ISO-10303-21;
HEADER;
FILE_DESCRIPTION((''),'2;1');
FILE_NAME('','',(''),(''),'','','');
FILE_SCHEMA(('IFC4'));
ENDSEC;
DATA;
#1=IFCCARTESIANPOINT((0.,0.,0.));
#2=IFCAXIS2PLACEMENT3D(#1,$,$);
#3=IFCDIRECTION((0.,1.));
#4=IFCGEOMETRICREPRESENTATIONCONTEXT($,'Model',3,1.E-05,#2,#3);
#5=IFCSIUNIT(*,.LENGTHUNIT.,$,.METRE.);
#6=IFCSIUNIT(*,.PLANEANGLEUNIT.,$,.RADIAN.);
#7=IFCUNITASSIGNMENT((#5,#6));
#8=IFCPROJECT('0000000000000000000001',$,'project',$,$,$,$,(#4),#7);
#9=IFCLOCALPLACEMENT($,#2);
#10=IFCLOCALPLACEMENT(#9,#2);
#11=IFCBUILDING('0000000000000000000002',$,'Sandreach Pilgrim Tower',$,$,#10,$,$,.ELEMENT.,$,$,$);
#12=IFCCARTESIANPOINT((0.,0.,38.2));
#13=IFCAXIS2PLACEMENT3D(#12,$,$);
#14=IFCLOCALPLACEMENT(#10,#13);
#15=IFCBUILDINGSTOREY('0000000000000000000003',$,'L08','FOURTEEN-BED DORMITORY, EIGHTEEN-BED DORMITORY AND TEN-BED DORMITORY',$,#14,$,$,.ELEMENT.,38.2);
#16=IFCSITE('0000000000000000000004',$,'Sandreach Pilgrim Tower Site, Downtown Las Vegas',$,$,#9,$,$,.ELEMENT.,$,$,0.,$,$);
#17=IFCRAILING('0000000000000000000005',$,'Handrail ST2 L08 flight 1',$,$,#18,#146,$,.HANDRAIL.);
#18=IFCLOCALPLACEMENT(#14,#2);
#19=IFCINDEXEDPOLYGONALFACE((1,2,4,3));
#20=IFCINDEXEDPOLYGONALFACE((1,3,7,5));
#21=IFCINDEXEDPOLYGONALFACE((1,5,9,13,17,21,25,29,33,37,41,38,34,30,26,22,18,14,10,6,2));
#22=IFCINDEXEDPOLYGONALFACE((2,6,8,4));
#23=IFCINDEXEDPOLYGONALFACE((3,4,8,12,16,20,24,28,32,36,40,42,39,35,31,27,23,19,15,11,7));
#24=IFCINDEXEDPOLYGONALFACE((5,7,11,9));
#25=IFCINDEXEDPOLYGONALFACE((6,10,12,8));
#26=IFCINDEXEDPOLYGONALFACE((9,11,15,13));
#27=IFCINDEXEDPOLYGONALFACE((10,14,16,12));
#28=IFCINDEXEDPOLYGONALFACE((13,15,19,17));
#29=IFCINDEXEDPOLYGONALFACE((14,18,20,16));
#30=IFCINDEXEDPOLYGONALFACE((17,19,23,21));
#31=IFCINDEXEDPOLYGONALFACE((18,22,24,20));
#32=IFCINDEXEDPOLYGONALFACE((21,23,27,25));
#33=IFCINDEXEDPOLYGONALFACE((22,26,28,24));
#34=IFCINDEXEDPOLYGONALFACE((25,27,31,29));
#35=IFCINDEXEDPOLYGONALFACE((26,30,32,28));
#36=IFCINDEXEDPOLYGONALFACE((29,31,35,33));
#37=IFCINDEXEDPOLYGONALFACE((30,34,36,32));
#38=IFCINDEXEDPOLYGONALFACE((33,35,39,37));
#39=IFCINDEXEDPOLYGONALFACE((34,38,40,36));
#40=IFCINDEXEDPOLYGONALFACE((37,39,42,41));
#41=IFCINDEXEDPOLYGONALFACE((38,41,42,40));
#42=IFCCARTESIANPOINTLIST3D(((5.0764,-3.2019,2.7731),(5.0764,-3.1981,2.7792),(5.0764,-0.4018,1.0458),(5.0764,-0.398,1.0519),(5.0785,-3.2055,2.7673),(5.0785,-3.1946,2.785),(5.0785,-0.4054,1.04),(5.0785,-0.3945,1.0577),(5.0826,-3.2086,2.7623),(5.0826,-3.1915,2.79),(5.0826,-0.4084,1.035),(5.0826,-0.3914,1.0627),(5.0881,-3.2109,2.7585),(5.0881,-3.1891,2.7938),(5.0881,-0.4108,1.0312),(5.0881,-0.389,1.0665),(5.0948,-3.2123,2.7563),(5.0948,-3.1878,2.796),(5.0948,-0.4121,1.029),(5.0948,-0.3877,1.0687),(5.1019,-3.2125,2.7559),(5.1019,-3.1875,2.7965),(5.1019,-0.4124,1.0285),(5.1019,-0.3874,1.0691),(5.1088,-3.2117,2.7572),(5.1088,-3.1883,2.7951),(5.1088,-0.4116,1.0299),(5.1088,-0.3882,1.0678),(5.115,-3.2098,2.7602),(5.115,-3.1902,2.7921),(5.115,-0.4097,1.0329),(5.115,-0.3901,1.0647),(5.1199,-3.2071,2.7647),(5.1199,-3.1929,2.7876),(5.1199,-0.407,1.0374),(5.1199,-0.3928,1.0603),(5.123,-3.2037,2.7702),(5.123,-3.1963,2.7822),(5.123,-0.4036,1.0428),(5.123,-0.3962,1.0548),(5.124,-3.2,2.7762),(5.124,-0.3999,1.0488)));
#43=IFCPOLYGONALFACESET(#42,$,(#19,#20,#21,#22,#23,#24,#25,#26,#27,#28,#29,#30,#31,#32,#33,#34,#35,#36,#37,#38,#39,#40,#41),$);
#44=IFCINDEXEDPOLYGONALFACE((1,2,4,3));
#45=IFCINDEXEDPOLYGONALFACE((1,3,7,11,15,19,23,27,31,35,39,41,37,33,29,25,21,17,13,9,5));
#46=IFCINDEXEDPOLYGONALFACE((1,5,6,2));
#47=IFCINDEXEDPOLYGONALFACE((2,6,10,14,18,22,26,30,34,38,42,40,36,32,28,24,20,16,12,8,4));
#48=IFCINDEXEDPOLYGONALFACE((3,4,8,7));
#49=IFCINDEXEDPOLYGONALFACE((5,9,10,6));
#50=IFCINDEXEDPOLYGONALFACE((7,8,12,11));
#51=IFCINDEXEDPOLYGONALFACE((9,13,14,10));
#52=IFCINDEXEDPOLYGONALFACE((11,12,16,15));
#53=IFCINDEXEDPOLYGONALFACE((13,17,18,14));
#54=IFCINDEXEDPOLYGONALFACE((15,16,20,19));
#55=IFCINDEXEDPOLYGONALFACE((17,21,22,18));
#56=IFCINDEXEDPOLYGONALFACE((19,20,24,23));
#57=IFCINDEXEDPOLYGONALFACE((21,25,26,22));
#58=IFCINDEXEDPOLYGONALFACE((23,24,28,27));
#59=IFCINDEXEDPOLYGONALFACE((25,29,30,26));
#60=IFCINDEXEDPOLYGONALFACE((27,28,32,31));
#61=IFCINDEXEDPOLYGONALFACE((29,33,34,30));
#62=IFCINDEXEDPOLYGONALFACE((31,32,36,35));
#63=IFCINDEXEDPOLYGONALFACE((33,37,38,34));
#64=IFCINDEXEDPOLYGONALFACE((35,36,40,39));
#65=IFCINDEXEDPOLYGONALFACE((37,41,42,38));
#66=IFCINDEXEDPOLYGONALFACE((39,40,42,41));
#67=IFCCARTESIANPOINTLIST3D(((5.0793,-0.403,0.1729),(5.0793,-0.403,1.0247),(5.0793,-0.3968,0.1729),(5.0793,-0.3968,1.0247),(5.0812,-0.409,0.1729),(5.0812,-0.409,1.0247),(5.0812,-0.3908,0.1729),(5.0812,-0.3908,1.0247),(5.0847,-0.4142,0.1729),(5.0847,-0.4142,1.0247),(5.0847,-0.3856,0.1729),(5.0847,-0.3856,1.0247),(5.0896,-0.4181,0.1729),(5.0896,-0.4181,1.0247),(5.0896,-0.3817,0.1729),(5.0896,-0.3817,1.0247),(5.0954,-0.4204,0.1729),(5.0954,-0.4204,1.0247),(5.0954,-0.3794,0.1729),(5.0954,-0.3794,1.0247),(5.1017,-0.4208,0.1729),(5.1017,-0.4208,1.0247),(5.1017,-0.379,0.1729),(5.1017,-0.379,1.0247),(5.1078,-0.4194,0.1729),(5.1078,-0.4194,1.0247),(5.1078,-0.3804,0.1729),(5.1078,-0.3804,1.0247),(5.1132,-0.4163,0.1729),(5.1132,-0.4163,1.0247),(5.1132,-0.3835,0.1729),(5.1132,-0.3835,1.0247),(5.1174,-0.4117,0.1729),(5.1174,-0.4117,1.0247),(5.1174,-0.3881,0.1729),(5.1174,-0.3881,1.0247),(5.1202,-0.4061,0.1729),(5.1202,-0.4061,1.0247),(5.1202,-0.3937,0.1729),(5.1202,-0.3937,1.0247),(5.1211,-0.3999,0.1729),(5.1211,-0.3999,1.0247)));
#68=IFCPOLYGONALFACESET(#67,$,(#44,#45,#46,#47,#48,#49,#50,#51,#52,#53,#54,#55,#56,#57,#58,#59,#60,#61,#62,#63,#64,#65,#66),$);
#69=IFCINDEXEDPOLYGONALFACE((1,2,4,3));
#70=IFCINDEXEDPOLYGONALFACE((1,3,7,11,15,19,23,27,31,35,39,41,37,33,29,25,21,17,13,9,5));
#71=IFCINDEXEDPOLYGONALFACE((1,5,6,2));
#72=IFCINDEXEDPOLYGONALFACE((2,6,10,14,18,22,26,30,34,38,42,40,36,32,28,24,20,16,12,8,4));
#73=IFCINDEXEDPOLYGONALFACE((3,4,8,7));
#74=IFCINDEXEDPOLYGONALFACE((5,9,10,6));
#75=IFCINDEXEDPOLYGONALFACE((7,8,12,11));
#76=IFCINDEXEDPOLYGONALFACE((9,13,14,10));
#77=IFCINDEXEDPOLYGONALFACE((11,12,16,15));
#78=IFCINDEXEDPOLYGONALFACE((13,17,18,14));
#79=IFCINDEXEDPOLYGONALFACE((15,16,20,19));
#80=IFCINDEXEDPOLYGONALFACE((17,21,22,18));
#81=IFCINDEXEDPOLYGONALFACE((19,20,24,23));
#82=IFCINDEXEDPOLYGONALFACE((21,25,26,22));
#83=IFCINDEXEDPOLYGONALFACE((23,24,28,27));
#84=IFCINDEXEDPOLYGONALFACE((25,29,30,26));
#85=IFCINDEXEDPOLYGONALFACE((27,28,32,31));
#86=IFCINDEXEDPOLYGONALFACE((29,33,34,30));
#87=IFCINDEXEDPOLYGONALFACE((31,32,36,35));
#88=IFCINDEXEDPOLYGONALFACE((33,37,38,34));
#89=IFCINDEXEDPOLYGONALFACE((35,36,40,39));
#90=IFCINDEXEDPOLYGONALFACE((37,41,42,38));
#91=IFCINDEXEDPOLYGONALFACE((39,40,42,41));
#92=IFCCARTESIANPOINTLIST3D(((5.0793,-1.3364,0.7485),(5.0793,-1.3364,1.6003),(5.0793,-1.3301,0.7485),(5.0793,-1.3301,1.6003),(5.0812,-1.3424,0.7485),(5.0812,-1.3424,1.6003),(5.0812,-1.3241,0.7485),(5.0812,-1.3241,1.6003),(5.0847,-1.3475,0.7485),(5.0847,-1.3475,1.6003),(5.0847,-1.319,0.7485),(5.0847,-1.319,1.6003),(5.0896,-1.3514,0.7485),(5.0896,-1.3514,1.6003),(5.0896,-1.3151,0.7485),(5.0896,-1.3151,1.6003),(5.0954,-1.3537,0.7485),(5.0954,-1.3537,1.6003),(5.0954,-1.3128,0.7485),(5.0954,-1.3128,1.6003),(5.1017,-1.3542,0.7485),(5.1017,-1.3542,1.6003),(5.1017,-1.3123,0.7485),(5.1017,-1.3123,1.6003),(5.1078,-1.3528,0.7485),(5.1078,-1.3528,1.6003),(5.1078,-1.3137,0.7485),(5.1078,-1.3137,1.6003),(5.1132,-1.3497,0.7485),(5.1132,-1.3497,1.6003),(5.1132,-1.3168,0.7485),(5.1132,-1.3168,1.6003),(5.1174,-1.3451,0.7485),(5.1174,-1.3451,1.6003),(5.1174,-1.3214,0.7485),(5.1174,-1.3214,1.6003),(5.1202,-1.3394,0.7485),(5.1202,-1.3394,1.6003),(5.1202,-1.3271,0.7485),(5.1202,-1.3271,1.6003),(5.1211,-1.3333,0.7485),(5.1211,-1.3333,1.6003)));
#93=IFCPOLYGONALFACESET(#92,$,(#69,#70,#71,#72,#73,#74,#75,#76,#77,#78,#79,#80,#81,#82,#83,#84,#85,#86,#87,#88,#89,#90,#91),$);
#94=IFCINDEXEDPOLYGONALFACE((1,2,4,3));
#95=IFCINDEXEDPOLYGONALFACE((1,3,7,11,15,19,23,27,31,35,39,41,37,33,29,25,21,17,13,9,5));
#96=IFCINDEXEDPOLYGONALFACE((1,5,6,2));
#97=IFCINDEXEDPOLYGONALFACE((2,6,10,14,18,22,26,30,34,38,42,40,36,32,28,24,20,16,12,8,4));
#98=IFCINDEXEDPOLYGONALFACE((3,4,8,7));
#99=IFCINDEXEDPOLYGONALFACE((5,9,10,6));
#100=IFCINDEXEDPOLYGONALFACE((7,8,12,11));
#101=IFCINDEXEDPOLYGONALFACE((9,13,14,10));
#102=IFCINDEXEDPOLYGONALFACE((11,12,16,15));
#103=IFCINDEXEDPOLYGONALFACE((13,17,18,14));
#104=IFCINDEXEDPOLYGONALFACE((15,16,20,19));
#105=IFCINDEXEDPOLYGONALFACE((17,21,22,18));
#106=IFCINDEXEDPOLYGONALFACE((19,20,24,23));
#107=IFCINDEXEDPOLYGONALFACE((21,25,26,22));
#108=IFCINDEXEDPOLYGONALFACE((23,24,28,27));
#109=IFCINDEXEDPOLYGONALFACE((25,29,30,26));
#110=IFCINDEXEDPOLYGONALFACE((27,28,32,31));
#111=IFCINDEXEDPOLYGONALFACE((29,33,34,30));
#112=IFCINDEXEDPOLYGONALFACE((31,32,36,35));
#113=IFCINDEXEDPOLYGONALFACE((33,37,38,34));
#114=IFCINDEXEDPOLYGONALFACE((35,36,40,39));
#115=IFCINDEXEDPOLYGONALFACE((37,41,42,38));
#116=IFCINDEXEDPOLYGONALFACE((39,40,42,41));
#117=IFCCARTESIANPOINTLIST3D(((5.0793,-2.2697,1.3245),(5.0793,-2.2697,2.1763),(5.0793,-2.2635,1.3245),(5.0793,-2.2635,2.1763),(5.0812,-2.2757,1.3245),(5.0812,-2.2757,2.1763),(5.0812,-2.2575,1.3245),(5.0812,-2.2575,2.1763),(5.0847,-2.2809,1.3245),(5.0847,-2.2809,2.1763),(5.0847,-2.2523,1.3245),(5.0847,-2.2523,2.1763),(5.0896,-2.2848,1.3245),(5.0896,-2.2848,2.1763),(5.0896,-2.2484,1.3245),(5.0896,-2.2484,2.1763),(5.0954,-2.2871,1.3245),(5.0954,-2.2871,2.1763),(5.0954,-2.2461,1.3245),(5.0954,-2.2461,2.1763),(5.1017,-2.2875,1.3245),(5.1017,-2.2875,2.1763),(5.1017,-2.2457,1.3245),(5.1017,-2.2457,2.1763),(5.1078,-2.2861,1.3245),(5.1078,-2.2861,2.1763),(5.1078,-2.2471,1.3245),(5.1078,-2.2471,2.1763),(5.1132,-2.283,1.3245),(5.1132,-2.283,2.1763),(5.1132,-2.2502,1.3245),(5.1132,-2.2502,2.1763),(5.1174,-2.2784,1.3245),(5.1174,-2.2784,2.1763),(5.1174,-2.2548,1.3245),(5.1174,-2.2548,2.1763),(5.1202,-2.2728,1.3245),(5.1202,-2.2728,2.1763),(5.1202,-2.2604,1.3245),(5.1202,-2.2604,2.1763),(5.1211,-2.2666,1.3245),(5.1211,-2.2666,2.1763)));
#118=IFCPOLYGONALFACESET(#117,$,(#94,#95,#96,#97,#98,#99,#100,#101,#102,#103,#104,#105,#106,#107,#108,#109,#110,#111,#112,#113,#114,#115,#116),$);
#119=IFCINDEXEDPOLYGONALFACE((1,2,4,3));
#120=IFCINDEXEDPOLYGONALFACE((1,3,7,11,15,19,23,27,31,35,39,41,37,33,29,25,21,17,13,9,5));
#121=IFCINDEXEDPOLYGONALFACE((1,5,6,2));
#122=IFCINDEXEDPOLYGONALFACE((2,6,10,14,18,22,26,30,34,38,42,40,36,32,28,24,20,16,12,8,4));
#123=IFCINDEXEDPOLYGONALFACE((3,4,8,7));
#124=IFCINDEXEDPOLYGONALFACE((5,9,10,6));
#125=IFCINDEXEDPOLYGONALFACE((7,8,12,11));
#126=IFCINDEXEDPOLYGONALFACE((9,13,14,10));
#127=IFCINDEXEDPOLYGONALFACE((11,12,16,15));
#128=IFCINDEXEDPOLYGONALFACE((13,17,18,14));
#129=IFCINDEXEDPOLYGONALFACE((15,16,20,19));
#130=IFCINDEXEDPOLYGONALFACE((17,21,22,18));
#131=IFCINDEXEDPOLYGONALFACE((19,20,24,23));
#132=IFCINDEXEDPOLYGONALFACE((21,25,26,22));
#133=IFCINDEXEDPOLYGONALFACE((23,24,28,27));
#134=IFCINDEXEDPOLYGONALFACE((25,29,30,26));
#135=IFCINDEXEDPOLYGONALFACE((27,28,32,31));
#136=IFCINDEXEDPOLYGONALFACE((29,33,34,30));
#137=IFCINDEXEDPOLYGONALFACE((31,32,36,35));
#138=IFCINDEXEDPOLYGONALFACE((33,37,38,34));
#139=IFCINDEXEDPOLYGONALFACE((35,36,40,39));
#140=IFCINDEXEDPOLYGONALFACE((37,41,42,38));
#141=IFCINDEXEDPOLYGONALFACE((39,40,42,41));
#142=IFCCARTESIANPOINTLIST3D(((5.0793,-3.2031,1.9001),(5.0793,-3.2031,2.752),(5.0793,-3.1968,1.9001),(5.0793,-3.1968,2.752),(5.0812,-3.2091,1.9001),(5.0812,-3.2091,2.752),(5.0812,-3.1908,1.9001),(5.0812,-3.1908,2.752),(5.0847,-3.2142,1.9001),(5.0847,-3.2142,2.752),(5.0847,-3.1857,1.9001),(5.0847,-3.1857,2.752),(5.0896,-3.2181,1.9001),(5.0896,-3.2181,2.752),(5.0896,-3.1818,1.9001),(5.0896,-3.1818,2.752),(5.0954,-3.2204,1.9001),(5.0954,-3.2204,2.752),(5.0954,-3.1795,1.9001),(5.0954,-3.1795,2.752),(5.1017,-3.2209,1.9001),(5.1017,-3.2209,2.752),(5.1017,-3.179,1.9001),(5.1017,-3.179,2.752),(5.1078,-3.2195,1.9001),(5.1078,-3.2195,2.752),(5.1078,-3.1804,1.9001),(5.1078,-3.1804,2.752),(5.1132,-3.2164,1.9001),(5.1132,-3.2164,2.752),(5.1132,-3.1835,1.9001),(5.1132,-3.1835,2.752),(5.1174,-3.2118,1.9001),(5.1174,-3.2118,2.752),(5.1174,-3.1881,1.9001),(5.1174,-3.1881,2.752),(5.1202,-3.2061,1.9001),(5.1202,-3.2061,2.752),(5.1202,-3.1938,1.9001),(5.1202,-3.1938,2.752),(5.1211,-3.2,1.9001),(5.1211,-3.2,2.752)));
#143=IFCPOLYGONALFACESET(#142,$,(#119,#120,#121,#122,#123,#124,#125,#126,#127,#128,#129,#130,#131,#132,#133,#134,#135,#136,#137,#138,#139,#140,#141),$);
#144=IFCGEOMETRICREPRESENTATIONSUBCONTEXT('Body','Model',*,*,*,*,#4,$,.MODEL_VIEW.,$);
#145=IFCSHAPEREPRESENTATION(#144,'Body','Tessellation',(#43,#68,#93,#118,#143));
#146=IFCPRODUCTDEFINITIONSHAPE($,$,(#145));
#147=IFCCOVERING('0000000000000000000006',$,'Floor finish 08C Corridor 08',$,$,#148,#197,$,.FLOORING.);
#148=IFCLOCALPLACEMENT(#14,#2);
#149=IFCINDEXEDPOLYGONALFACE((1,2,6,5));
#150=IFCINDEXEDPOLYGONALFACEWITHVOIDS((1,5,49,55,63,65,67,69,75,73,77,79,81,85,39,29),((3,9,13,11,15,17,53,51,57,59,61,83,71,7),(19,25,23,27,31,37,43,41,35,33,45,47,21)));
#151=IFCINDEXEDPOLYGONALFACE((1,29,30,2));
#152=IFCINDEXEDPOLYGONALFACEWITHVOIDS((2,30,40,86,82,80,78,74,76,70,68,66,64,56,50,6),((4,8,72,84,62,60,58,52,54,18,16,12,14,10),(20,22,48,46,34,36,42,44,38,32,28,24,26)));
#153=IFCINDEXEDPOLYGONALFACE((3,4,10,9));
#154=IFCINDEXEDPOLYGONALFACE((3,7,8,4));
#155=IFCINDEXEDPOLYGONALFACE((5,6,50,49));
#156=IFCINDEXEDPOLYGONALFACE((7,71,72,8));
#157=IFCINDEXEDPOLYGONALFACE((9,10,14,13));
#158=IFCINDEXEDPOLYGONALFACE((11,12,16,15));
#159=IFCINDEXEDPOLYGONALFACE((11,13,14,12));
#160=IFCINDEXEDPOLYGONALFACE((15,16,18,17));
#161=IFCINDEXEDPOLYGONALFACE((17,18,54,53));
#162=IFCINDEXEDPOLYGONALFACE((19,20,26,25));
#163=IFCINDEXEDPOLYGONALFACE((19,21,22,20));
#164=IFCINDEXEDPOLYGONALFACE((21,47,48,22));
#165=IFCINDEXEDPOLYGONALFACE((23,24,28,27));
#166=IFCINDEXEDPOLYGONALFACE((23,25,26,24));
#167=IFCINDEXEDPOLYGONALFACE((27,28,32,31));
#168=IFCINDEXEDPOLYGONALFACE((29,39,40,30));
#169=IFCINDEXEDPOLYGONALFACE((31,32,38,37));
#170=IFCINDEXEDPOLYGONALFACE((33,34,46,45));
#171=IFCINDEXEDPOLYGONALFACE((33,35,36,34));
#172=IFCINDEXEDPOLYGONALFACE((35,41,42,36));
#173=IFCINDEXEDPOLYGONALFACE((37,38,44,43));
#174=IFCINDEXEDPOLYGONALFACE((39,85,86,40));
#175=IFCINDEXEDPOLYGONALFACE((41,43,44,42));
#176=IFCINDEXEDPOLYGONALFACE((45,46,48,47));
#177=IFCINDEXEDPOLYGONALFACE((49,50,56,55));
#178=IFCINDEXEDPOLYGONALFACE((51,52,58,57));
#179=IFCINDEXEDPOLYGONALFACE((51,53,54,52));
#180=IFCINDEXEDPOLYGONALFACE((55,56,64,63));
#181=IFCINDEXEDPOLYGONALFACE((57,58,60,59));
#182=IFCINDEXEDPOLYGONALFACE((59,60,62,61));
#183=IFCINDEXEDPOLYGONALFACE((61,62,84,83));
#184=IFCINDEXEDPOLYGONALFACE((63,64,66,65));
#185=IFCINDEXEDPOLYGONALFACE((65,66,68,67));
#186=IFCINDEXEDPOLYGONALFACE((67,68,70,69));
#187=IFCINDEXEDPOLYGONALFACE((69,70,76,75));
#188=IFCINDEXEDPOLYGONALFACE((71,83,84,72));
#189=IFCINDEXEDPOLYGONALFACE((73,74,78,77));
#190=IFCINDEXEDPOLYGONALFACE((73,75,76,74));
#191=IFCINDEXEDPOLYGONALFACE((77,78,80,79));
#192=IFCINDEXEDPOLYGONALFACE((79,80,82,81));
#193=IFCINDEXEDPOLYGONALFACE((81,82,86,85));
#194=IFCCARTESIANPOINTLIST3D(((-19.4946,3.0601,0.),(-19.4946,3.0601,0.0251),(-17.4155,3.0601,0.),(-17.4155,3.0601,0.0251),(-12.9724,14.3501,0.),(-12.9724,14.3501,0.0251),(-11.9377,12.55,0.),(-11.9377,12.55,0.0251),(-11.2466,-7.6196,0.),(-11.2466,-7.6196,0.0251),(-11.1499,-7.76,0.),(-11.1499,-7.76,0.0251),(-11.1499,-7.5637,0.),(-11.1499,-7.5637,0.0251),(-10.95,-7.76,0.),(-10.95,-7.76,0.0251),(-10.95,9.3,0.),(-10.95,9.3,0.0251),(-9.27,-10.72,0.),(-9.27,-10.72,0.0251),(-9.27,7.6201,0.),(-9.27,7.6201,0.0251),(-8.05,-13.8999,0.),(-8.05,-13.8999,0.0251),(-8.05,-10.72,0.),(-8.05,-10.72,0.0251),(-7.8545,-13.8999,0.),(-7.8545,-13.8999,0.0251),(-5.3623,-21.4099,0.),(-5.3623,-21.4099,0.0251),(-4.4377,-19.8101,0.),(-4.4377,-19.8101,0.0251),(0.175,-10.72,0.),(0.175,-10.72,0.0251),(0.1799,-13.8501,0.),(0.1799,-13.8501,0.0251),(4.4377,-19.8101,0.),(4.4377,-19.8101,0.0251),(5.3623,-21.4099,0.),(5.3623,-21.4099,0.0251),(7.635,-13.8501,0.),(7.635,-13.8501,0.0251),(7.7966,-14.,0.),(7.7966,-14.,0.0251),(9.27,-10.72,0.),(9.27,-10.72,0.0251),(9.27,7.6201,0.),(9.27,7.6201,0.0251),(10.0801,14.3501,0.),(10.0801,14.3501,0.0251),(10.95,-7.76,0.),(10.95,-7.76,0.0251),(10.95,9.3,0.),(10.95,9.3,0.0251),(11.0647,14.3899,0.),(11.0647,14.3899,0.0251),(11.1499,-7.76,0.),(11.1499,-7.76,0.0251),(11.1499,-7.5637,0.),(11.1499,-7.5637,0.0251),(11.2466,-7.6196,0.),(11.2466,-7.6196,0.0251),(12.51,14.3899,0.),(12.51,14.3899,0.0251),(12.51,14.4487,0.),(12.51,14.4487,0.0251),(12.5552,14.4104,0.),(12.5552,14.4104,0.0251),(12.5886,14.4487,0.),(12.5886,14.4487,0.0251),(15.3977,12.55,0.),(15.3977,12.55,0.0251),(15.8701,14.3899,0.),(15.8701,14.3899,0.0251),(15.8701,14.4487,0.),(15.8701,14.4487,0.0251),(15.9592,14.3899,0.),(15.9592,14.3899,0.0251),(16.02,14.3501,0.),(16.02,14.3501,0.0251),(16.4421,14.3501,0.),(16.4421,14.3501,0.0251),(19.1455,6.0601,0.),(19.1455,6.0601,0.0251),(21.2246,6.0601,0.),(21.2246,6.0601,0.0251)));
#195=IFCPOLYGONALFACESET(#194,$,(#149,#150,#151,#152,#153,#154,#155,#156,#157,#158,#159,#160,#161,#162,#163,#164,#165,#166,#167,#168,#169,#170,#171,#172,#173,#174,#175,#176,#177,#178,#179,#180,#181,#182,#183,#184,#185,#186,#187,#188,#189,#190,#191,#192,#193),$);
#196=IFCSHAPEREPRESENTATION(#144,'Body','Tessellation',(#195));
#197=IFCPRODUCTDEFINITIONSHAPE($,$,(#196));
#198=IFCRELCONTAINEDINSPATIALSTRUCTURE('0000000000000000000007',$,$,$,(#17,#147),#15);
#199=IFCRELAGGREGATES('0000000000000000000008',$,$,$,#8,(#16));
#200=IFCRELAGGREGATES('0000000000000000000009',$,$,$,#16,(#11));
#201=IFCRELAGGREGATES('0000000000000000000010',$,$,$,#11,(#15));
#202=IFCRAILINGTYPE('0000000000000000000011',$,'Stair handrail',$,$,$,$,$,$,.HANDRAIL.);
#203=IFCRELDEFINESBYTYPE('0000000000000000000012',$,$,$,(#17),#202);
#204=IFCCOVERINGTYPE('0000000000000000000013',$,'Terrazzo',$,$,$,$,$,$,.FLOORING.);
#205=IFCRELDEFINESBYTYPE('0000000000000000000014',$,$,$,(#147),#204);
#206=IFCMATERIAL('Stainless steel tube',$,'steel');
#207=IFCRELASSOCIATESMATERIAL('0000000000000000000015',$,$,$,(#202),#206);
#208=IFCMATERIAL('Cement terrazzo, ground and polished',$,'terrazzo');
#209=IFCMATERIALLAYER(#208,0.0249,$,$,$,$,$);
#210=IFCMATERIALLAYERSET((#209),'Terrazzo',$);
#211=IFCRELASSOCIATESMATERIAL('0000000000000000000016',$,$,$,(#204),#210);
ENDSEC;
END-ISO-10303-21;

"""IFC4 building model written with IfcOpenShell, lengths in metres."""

from ifc_helpers import new_model, si_unit, direction, frame, origin, origin_2d, place, context, subcontext, project, spatial, polyline, circle, outline, extrude, material, layer, layer_set, type_object, element, save


model = new_model("IFC4")

# Units and contexts
model_context = context("Model", 3, precision=1e-05, world=origin(), true_north=direction((0.0, 1.0)))
body_context = subcontext(model_context, "Body", "Model", "MODEL_VIEW")
ifc_project = project(units=[si_unit("LENGTHUNIT", "METRE"), si_unit("PLANEANGLEUNIT", "RADIAN")], contexts=[model_context])

# Site, building, storey
site_placement = place(None, origin())
site = spatial("IfcSite", under=ifc_project, at=site_placement, Name="Sandreach Pilgrim Tower Site, Downtown Las Vegas", CompositionType="ELEMENT", RefElevation=0.0)
building_placement = place(site_placement, origin())
building = spatial("IfcBuilding", under=site, at=building_placement, Name="Sandreach Pilgrim Tower", CompositionType="ELEMENT")
storey_placement = place(building_placement, frame((0.0, 0.0, 38.2)))
storey = spatial("IfcBuildingStorey", under=building, at=storey_placement, Name="L08", Description="FOURTEEN-BED DORMITORY, EIGHTEEN-BED DORMITORY AND TEN-BED DORMITORY", CompositionType="ELEMENT", Elevation=38.2)

# Railing
ifc_material_1 = material(Name="Stainless steel tube", Category="steel")
railing_type = type_object("IfcRailingType", Name="Stair handrail", PredefinedType="HANDRAIL", material=ifc_material_1)
for number, where, name in (
    (1, (5.1001, -0.3999, 0.1729), "Handrail ST2 L08 flight 1"),
):
    element("IfcRailing", number, at=place(storey_placement, frame(where)), inside=storey, type_object=railing_type, Name=name, PredefinedType="HANDRAIL", context=body_context, shape_type="SweptSolid", body=[
        extrude(circle(Radius=0.0239, at=origin_2d()), frame((0.0, 0.0, 0.876), z_axis=(0.0, -0.85109, 0.52502), x_axis=(1.0, 0.0, 0.0)), (0.0, 0.0, 1.0), 3.29),
        extrude(circle(Radius=0.021, at=origin_2d()), origin(), (0.0, 0.0, 1.0), 0.8518),
        extrude(circle(Radius=0.021, at=origin_2d()), frame((0.0, -0.9333, 0.5757)), (0.0, 0.0, 1.0), 0.8518),
        extrude(circle(Radius=0.021, at=origin_2d()), frame((0.0, -1.8667, 1.1516)), (0.0, 0.0, 1.0), 0.8518),
        extrude(circle(Radius=0.021, at=origin_2d()), frame((0.0, -2.8, 1.7273)), (0.0, 0.0, 1.0), 0.8518),
    ])

# Covering
ifc_material_2 = material(Name="Cement terrazzo, ground and polished", Category="terrazzo")
ifc_layer_1 = layer(ifc_material_2, 0.0249)
ifc_layer_set_1 = layer_set([ifc_layer_1], Name="Terrazzo")
covering_type_1 = type_object("IfcCoveringType", Name="Terrazzo", PredefinedType="FLOORING", material=ifc_layer_set_1)
covering_1_placement = place(storey_placement, origin())
element("IfcCovering", 2, at=covering_1_placement, inside=storey, type_object=covering_type_1, Name="Floor finish 08C Corridor 08", PredefinedType="FLOORING", context=body_context, shape_type="SweptSolid", body=[
    extrude(outline(polyline([(-12.9724, 14.3501), (10.0801, 14.3501), (11.0647, 14.3899), (12.51, 14.3899), (12.51, 14.4487), (12.5552, 14.4104), (12.5886, 14.4487), (15.8701, 14.4487), (15.8701, 14.3899), (15.9592, 14.3899), (16.02, 14.3501), (16.4421, 14.3501), (21.2246, 6.0601), (5.3623, -21.4099), (-5.3623, -21.4099), (-19.4946, 3.0601), (-12.9724, 14.3501)]), holes=[polyline([(-17.4155, 3.0601), (-11.2466, -7.6196), (-11.1499, -7.5637), (-11.1499, -7.76), (-10.95, -7.76), (-10.95, 9.3), (10.95, 9.3), (10.95, -7.76), (11.1499, -7.76), (11.1499, -7.5637), (11.2466, -7.6196), (19.1455, 6.0601), (15.3977, 12.55), (-11.9377, 12.55), (-17.4155, 3.0601)]), polyline([(-8.05, -10.72), (-8.05, -13.8999), (-7.8545, -13.8999), (-4.4377, -19.8101), (4.4377, -19.8101), (7.7966, -14.0), (7.635, -13.8501), (0.1799, -13.8501), (0.175, -10.72), (9.27, -10.72), (9.27, 7.6201), (-9.27, 7.6201), (-9.27, -10.72), (-8.05, -10.72)])]), origin(), (0.0, 0.0, 1.0), 0.0251),
])

save(model, "model.ifc")
